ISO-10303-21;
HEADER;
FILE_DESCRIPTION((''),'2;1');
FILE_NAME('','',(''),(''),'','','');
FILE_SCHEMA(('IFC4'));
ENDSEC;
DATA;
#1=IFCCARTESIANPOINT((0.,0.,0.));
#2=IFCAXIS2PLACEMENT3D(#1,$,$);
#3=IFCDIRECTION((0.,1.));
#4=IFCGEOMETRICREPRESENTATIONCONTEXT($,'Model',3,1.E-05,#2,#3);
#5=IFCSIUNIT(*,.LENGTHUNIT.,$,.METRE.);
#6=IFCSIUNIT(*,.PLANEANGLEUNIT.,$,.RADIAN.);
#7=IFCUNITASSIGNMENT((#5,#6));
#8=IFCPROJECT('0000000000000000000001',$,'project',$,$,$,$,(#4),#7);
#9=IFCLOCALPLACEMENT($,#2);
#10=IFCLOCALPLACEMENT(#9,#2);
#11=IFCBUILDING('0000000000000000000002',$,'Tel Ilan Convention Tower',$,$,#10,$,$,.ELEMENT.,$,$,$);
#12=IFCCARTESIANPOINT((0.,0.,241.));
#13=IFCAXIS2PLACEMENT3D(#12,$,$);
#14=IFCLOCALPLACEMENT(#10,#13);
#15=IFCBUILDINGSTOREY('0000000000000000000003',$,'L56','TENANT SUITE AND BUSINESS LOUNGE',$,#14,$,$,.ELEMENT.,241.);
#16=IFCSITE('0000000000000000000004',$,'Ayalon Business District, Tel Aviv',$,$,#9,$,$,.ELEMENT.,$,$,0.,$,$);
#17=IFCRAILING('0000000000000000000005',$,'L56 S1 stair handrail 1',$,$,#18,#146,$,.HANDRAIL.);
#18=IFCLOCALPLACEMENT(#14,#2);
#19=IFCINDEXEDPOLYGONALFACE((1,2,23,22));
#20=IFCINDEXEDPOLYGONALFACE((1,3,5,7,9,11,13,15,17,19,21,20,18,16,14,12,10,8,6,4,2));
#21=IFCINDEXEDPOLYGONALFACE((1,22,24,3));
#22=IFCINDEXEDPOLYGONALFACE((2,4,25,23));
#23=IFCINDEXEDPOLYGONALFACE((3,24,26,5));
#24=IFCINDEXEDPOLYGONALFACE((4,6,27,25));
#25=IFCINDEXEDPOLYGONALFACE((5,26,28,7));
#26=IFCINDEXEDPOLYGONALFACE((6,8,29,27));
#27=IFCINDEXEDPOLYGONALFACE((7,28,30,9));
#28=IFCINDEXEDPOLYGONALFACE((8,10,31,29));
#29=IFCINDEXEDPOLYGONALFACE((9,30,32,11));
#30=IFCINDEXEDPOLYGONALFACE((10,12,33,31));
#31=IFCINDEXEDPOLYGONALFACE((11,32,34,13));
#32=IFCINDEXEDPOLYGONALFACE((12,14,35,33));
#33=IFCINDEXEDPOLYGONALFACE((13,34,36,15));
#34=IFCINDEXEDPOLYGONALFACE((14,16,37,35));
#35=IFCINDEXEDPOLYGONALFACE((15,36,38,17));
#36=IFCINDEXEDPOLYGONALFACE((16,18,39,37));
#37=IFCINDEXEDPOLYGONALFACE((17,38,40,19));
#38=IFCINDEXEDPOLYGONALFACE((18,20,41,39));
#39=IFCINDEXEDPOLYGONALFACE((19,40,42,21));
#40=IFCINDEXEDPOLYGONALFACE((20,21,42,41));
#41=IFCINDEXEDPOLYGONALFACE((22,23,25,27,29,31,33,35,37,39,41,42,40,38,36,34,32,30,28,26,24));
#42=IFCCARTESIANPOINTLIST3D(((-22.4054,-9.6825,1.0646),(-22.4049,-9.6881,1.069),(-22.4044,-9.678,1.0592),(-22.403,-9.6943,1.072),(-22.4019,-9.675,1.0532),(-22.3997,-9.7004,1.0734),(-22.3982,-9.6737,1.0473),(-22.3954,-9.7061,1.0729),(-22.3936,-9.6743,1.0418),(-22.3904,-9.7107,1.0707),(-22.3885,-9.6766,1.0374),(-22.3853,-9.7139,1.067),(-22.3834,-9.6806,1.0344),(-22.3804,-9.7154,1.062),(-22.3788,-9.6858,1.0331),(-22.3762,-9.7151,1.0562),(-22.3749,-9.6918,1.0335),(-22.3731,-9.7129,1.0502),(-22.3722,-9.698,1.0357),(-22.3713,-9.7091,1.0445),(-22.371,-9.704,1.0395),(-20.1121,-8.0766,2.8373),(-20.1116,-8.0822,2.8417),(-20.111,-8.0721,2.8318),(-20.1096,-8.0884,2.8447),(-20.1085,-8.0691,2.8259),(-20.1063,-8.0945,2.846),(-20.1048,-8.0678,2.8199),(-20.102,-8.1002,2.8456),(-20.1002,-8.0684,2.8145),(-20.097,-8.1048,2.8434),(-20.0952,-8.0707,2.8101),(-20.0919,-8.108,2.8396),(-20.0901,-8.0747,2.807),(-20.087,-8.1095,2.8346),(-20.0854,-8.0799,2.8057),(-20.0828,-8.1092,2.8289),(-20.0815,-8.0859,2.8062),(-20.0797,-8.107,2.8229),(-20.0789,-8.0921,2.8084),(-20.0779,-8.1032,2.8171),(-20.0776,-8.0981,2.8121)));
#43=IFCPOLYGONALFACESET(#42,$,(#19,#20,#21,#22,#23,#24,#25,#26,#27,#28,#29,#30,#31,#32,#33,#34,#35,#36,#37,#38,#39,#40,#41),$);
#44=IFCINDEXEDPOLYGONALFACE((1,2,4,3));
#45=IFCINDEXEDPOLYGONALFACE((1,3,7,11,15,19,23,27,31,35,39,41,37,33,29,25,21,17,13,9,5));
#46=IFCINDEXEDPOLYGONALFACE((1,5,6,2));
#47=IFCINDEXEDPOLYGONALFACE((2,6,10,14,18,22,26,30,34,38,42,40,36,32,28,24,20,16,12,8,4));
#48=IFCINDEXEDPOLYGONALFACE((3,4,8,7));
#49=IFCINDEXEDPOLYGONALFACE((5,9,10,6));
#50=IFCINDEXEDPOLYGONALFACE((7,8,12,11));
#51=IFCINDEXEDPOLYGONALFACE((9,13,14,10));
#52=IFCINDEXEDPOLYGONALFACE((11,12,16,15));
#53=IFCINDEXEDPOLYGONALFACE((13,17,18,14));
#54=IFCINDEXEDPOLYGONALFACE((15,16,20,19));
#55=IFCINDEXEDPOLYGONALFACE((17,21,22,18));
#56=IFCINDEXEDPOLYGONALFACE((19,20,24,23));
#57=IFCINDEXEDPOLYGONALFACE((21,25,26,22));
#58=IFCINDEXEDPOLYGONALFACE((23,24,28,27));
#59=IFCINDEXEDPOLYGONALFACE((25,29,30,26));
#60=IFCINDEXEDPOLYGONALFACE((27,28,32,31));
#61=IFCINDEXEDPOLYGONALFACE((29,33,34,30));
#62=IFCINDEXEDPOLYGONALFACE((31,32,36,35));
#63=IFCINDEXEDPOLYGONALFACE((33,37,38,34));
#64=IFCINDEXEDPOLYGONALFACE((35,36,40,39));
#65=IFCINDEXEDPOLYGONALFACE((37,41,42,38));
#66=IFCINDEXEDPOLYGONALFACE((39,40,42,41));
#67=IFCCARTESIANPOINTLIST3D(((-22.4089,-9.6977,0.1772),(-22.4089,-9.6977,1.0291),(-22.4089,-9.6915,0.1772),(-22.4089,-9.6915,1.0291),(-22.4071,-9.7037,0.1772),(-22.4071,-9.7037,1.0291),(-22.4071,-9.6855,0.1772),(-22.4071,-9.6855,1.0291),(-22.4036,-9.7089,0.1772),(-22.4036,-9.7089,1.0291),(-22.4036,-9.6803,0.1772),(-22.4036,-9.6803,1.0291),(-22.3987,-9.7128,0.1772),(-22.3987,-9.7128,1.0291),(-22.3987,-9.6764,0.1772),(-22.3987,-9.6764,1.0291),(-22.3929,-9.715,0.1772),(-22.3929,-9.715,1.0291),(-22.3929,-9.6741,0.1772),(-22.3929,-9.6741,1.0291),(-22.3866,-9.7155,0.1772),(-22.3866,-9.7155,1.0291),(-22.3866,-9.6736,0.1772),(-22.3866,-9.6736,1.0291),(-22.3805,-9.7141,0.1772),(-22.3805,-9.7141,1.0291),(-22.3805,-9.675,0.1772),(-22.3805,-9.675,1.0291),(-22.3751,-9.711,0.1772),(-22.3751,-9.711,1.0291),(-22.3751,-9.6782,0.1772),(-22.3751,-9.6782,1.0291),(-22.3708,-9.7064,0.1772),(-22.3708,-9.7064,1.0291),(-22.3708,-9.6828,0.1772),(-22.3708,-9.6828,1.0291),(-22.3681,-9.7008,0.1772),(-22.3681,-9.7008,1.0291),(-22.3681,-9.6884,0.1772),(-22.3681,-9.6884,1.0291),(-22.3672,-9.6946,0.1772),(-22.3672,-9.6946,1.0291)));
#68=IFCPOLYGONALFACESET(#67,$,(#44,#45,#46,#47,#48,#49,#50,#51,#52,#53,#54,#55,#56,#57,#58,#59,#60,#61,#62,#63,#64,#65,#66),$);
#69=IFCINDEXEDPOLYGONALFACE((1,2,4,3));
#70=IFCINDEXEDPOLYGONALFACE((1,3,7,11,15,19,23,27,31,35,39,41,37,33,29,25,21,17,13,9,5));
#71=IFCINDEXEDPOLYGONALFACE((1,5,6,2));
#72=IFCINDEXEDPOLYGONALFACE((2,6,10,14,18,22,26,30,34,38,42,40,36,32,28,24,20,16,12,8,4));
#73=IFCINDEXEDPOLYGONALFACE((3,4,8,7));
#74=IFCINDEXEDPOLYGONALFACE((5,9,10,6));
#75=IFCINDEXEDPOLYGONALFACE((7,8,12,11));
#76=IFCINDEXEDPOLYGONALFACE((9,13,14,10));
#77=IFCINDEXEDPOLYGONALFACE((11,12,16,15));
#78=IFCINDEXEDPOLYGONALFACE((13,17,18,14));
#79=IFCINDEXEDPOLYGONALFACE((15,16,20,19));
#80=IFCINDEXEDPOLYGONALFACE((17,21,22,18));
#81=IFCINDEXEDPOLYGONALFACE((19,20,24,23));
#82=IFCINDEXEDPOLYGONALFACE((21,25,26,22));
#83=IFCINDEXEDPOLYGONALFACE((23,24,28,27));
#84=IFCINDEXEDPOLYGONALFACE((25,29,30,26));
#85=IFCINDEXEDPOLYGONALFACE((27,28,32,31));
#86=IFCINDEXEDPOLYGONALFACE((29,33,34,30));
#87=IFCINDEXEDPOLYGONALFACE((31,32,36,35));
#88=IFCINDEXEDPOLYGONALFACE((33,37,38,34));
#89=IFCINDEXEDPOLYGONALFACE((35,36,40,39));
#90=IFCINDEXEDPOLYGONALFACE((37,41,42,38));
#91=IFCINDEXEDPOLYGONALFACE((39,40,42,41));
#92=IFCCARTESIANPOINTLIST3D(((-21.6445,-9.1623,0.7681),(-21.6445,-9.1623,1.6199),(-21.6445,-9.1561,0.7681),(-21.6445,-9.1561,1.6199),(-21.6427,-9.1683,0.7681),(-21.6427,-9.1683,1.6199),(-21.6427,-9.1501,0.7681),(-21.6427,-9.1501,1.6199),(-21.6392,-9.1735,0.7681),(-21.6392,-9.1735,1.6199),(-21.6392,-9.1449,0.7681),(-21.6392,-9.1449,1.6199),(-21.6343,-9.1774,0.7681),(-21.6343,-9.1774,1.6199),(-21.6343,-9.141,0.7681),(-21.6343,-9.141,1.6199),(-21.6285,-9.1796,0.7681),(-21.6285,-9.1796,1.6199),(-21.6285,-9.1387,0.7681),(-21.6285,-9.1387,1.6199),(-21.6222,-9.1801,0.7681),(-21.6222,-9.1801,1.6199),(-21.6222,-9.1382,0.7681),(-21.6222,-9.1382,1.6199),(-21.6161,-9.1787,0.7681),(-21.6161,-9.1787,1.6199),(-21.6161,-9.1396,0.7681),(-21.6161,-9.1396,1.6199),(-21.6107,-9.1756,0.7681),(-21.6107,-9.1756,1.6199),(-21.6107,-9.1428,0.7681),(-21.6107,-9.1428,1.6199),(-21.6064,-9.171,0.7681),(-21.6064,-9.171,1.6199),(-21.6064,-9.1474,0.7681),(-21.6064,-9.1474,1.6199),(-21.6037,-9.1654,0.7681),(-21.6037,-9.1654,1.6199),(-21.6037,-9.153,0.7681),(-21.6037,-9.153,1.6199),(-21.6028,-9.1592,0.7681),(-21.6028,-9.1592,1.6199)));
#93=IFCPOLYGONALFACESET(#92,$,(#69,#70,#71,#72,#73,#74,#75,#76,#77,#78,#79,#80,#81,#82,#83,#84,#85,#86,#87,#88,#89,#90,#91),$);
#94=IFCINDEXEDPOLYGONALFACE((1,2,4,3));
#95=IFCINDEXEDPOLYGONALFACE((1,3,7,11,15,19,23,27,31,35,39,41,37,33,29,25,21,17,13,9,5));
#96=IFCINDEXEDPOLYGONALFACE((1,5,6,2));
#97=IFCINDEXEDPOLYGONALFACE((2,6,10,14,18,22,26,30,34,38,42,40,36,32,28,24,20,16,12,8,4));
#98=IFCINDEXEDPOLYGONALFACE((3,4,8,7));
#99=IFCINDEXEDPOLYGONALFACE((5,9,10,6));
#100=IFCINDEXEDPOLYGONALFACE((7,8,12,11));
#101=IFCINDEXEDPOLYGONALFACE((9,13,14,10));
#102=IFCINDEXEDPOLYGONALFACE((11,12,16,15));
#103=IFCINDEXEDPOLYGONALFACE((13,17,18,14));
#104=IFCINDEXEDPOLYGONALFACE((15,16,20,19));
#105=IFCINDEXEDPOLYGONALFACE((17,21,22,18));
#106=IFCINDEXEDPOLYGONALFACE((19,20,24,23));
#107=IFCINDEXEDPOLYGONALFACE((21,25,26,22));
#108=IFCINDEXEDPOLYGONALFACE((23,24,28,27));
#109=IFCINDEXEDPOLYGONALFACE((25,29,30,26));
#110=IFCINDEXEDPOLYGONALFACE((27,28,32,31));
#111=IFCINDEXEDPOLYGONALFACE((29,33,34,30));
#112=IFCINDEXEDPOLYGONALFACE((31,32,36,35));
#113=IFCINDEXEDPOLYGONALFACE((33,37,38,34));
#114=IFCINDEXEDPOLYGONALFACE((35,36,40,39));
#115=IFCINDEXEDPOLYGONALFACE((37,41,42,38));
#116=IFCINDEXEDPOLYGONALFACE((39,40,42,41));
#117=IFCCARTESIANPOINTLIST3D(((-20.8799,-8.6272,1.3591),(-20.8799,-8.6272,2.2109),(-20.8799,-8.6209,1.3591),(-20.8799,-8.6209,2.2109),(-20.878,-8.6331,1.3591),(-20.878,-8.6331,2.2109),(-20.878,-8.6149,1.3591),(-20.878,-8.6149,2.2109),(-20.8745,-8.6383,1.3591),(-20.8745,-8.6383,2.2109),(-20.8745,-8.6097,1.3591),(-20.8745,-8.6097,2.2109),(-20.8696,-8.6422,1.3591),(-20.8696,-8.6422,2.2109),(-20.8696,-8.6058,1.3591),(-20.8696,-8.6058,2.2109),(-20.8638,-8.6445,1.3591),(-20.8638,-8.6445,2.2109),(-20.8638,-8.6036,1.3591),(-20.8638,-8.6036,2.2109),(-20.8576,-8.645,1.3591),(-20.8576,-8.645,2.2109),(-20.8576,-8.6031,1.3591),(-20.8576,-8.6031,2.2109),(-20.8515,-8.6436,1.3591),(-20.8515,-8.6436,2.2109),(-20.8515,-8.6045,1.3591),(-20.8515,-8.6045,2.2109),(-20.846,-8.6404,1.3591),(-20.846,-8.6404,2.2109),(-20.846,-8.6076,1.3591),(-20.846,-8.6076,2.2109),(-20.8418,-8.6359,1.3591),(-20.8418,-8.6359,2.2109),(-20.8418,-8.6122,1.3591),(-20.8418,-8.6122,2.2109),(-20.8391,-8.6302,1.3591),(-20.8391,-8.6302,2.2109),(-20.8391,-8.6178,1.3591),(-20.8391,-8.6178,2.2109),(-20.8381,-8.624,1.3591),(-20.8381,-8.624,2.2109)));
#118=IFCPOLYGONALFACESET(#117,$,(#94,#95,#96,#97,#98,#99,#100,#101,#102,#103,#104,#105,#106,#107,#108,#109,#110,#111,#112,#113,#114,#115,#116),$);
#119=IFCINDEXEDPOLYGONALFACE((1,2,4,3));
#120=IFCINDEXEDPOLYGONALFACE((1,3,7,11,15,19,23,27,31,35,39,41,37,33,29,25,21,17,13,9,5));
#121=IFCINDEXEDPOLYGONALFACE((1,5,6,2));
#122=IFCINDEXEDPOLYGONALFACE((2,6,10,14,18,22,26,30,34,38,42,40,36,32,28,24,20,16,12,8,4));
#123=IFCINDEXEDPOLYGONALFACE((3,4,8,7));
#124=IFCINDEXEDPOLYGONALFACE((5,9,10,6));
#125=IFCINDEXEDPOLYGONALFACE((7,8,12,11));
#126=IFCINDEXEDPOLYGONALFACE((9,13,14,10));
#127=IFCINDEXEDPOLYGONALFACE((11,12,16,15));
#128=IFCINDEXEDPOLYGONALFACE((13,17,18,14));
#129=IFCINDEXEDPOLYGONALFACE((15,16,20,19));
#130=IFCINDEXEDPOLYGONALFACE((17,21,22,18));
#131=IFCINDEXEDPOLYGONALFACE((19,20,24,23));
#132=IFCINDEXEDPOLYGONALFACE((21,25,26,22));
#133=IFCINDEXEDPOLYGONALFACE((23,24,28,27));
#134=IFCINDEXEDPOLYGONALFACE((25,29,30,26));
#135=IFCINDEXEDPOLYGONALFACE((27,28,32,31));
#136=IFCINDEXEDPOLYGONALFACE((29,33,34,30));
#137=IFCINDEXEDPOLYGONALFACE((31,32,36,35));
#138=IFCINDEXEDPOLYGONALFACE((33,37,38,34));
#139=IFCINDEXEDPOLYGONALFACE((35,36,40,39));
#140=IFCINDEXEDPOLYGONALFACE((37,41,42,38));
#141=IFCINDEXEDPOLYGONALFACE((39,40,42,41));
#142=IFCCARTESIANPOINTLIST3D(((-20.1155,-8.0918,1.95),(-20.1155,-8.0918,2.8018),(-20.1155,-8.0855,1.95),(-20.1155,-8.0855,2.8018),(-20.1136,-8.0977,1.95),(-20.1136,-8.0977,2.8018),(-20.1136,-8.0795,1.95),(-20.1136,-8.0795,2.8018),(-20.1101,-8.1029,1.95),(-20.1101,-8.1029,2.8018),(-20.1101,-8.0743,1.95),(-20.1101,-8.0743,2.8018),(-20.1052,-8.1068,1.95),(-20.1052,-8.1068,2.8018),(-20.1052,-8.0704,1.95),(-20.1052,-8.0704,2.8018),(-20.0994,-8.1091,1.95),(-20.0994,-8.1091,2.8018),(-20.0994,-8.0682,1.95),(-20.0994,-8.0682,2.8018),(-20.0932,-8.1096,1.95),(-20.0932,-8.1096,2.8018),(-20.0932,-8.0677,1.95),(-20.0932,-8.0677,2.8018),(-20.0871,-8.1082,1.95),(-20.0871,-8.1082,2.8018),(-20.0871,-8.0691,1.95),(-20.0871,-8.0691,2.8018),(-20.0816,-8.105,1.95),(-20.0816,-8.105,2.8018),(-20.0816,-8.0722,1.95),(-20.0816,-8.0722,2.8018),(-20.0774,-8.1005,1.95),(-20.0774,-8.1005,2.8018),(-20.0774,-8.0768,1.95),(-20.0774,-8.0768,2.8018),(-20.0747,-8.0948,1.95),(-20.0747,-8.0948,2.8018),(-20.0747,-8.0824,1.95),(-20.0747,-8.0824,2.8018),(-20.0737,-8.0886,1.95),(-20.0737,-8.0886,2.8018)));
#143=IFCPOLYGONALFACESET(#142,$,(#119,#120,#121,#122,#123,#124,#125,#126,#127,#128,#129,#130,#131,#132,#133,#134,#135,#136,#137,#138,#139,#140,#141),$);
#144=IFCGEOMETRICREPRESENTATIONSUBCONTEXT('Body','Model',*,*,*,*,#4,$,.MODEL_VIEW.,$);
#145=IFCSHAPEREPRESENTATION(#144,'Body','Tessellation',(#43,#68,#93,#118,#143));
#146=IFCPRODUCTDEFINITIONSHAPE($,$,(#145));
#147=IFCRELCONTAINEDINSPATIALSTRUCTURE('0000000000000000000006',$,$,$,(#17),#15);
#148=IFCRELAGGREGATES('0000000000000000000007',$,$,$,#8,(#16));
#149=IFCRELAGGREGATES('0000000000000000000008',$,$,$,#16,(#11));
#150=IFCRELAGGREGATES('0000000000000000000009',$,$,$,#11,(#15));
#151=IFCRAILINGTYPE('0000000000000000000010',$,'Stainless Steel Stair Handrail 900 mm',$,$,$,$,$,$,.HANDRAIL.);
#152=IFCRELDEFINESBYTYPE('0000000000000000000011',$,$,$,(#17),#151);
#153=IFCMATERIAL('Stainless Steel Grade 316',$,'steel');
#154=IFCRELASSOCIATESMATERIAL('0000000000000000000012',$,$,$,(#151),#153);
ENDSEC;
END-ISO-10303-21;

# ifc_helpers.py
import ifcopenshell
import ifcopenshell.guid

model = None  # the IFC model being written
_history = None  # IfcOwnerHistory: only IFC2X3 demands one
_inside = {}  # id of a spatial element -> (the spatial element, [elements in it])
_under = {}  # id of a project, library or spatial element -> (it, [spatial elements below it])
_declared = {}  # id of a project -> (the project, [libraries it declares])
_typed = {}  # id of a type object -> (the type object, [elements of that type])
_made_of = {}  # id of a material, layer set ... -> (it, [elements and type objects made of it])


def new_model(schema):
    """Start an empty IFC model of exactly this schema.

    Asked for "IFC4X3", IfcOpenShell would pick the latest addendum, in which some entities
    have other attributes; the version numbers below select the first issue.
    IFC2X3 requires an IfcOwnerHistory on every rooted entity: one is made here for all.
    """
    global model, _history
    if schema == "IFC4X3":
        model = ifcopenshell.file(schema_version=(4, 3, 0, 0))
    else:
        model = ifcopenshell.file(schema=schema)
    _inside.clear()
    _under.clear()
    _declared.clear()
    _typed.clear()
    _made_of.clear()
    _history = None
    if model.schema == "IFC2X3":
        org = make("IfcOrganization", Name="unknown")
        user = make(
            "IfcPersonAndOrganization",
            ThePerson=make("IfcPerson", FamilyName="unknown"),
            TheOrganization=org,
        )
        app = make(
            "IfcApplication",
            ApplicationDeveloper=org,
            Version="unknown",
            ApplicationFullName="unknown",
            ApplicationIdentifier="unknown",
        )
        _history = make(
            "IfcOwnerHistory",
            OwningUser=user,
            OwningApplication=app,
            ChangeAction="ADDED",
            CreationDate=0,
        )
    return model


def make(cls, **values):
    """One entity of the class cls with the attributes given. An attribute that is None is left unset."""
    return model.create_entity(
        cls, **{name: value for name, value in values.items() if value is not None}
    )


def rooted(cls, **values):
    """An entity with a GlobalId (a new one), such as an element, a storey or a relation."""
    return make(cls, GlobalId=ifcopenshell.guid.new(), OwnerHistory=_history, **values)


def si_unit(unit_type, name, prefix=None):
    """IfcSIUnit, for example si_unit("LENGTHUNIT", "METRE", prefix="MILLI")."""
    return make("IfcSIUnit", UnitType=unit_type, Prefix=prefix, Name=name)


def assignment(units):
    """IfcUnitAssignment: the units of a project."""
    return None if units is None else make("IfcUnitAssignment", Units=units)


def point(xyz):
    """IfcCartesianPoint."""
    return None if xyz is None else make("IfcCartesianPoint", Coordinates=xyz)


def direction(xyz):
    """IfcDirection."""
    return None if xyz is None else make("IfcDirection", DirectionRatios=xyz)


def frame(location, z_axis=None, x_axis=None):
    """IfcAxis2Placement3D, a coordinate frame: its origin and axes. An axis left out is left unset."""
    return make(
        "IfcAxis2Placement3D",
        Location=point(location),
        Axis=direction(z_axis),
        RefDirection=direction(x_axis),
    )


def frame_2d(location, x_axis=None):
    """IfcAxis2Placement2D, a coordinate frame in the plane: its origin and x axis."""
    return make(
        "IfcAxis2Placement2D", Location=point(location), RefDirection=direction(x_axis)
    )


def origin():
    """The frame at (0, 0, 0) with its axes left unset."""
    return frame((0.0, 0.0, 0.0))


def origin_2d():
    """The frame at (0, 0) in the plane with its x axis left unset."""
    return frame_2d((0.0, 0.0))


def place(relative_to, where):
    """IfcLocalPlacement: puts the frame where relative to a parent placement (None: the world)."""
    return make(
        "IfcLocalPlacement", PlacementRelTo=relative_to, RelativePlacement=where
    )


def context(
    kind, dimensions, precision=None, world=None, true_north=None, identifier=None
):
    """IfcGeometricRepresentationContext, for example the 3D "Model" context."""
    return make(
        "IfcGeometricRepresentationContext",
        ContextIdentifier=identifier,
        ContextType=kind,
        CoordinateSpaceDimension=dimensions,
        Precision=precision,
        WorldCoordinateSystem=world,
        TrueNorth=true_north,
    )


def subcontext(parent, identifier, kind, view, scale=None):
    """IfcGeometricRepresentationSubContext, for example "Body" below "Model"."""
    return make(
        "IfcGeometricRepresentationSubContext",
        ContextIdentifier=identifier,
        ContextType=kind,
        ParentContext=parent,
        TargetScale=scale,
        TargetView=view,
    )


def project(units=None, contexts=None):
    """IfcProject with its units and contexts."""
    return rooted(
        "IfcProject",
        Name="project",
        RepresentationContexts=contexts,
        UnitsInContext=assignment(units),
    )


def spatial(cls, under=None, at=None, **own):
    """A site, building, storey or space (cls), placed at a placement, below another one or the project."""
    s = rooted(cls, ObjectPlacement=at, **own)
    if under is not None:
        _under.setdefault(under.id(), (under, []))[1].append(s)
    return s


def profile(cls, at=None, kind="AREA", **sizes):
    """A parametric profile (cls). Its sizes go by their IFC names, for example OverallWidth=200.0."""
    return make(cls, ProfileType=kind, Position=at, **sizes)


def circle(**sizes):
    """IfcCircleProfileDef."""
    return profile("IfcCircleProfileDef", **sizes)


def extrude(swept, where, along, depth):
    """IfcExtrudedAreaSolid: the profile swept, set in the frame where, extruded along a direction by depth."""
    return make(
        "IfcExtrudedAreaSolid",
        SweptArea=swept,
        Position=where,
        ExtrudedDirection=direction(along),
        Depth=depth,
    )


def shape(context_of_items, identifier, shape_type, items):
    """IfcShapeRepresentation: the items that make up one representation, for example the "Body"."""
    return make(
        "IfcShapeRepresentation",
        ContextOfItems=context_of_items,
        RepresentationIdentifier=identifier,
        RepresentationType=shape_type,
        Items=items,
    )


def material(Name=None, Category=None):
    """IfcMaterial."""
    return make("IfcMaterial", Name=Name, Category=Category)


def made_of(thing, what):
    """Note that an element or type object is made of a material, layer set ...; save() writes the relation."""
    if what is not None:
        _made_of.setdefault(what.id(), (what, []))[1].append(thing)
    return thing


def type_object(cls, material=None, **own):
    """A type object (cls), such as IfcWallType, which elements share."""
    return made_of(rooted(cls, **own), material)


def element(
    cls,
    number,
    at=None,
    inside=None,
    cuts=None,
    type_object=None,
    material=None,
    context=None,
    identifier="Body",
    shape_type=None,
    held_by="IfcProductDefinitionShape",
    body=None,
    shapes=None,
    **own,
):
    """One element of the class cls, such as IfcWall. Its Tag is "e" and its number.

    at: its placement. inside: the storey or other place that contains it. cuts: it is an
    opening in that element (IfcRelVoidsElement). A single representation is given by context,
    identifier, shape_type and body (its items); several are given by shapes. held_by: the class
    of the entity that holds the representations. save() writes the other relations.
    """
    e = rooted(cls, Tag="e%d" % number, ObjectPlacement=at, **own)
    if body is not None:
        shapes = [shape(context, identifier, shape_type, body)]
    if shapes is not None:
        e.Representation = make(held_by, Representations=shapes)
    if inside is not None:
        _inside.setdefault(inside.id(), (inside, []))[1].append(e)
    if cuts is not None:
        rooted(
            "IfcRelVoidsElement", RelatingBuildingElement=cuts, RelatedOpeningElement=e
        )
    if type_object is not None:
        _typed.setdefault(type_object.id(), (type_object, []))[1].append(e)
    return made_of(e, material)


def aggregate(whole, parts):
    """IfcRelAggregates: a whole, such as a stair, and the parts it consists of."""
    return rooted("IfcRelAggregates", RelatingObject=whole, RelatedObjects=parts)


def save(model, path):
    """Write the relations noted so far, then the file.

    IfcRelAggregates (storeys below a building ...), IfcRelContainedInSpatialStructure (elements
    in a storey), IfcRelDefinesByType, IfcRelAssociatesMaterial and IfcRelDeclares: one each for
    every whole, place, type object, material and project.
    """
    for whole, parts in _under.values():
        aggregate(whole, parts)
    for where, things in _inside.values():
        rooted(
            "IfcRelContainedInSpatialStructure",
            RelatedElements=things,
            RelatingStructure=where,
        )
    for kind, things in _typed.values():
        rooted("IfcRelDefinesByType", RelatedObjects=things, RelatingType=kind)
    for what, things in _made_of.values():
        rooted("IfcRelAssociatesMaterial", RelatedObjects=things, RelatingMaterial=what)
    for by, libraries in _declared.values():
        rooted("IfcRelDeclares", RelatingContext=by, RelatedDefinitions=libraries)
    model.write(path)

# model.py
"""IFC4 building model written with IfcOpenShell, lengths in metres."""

from ifc_helpers import new_model, si_unit, direction, frame, origin, origin_2d, place, context, subcontext, project, spatial, circle, extrude, material, type_object, element, save


model = new_model("IFC4")

# Units and contexts
model_context = context("Model", 3, precision=1e-05, world=origin(), true_north=direction((0.0, 1.0)))
body_context = subcontext(model_context, "Body", "Model", "MODEL_VIEW")
ifc_project = project(units=[si_unit("LENGTHUNIT", "METRE"), si_unit("PLANEANGLEUNIT", "RADIAN")], contexts=[model_context])

# Site, building, storey
site_placement = place(None, origin())
site = spatial("IfcSite", under=ifc_project, at=site_placement, Name="Ayalon Business District, Tel Aviv", CompositionType="ELEMENT", RefElevation=0.0)
building_placement = place(site_placement, origin())
building = spatial("IfcBuilding", under=site, at=building_placement, Name="Tel Ilan Convention Tower", CompositionType="ELEMENT")
storey_placement = place(building_placement, frame((0.0, 0.0, 241.0)))
storey = spatial("IfcBuildingStorey", under=building, at=storey_placement, Name="L56", Description="TENANT SUITE AND BUSINESS LOUNGE", CompositionType="ELEMENT", Elevation=241.0)

# Railing
ifc_material_1 = material(Name="Stainless Steel Grade 316", Category="steel")
railing_type_1 = type_object("IfcRailingType", Name="Stainless Steel Stair Handrail 900 mm", PredefinedType="HANDRAIL", material=ifc_material_1)
railing_1_placement = place(storey_placement, frame((-22.3882, -9.6946, 0.1772)))
element("IfcRailing", 1, at=railing_1_placement, inside=storey, type_object=railing_type_1, Name="L56 S1 stair handrail 1", PredefinedType="HANDRAIL", context=body_context, shape_type="SweptSolid", body=[
    extrude(circle(Radius=0.0239, at=origin_2d()), frame((0.0, 0.0, 0.876), z_axis=(0.692085, 0.484621, 0.53494), x_axis=(-0.573591, 0.819142, 0.0)), (0.0, 0.0, 1.0), 3.3137),
    extrude(circle(Radius=0.021, at=origin_2d()), origin(), (0.0, 0.0, 1.0), 0.8518),
    extrude(circle(Radius=0.021, at=origin_2d()), frame((0.7644, 0.5354, 0.5908)), (0.0, 0.0, 1.0), 0.8518),
    extrude(circle(Radius=0.021, at=origin_2d()), frame((1.5291, 1.0706, 1.1819)), (0.0, 0.0, 1.0), 0.8518),
    extrude(circle(Radius=0.021, at=origin_2d()), frame((2.2935, 1.606, 1.7727)), (0.0, 0.0, 1.0), 0.8518),
])

save(model, "model.ifc")
